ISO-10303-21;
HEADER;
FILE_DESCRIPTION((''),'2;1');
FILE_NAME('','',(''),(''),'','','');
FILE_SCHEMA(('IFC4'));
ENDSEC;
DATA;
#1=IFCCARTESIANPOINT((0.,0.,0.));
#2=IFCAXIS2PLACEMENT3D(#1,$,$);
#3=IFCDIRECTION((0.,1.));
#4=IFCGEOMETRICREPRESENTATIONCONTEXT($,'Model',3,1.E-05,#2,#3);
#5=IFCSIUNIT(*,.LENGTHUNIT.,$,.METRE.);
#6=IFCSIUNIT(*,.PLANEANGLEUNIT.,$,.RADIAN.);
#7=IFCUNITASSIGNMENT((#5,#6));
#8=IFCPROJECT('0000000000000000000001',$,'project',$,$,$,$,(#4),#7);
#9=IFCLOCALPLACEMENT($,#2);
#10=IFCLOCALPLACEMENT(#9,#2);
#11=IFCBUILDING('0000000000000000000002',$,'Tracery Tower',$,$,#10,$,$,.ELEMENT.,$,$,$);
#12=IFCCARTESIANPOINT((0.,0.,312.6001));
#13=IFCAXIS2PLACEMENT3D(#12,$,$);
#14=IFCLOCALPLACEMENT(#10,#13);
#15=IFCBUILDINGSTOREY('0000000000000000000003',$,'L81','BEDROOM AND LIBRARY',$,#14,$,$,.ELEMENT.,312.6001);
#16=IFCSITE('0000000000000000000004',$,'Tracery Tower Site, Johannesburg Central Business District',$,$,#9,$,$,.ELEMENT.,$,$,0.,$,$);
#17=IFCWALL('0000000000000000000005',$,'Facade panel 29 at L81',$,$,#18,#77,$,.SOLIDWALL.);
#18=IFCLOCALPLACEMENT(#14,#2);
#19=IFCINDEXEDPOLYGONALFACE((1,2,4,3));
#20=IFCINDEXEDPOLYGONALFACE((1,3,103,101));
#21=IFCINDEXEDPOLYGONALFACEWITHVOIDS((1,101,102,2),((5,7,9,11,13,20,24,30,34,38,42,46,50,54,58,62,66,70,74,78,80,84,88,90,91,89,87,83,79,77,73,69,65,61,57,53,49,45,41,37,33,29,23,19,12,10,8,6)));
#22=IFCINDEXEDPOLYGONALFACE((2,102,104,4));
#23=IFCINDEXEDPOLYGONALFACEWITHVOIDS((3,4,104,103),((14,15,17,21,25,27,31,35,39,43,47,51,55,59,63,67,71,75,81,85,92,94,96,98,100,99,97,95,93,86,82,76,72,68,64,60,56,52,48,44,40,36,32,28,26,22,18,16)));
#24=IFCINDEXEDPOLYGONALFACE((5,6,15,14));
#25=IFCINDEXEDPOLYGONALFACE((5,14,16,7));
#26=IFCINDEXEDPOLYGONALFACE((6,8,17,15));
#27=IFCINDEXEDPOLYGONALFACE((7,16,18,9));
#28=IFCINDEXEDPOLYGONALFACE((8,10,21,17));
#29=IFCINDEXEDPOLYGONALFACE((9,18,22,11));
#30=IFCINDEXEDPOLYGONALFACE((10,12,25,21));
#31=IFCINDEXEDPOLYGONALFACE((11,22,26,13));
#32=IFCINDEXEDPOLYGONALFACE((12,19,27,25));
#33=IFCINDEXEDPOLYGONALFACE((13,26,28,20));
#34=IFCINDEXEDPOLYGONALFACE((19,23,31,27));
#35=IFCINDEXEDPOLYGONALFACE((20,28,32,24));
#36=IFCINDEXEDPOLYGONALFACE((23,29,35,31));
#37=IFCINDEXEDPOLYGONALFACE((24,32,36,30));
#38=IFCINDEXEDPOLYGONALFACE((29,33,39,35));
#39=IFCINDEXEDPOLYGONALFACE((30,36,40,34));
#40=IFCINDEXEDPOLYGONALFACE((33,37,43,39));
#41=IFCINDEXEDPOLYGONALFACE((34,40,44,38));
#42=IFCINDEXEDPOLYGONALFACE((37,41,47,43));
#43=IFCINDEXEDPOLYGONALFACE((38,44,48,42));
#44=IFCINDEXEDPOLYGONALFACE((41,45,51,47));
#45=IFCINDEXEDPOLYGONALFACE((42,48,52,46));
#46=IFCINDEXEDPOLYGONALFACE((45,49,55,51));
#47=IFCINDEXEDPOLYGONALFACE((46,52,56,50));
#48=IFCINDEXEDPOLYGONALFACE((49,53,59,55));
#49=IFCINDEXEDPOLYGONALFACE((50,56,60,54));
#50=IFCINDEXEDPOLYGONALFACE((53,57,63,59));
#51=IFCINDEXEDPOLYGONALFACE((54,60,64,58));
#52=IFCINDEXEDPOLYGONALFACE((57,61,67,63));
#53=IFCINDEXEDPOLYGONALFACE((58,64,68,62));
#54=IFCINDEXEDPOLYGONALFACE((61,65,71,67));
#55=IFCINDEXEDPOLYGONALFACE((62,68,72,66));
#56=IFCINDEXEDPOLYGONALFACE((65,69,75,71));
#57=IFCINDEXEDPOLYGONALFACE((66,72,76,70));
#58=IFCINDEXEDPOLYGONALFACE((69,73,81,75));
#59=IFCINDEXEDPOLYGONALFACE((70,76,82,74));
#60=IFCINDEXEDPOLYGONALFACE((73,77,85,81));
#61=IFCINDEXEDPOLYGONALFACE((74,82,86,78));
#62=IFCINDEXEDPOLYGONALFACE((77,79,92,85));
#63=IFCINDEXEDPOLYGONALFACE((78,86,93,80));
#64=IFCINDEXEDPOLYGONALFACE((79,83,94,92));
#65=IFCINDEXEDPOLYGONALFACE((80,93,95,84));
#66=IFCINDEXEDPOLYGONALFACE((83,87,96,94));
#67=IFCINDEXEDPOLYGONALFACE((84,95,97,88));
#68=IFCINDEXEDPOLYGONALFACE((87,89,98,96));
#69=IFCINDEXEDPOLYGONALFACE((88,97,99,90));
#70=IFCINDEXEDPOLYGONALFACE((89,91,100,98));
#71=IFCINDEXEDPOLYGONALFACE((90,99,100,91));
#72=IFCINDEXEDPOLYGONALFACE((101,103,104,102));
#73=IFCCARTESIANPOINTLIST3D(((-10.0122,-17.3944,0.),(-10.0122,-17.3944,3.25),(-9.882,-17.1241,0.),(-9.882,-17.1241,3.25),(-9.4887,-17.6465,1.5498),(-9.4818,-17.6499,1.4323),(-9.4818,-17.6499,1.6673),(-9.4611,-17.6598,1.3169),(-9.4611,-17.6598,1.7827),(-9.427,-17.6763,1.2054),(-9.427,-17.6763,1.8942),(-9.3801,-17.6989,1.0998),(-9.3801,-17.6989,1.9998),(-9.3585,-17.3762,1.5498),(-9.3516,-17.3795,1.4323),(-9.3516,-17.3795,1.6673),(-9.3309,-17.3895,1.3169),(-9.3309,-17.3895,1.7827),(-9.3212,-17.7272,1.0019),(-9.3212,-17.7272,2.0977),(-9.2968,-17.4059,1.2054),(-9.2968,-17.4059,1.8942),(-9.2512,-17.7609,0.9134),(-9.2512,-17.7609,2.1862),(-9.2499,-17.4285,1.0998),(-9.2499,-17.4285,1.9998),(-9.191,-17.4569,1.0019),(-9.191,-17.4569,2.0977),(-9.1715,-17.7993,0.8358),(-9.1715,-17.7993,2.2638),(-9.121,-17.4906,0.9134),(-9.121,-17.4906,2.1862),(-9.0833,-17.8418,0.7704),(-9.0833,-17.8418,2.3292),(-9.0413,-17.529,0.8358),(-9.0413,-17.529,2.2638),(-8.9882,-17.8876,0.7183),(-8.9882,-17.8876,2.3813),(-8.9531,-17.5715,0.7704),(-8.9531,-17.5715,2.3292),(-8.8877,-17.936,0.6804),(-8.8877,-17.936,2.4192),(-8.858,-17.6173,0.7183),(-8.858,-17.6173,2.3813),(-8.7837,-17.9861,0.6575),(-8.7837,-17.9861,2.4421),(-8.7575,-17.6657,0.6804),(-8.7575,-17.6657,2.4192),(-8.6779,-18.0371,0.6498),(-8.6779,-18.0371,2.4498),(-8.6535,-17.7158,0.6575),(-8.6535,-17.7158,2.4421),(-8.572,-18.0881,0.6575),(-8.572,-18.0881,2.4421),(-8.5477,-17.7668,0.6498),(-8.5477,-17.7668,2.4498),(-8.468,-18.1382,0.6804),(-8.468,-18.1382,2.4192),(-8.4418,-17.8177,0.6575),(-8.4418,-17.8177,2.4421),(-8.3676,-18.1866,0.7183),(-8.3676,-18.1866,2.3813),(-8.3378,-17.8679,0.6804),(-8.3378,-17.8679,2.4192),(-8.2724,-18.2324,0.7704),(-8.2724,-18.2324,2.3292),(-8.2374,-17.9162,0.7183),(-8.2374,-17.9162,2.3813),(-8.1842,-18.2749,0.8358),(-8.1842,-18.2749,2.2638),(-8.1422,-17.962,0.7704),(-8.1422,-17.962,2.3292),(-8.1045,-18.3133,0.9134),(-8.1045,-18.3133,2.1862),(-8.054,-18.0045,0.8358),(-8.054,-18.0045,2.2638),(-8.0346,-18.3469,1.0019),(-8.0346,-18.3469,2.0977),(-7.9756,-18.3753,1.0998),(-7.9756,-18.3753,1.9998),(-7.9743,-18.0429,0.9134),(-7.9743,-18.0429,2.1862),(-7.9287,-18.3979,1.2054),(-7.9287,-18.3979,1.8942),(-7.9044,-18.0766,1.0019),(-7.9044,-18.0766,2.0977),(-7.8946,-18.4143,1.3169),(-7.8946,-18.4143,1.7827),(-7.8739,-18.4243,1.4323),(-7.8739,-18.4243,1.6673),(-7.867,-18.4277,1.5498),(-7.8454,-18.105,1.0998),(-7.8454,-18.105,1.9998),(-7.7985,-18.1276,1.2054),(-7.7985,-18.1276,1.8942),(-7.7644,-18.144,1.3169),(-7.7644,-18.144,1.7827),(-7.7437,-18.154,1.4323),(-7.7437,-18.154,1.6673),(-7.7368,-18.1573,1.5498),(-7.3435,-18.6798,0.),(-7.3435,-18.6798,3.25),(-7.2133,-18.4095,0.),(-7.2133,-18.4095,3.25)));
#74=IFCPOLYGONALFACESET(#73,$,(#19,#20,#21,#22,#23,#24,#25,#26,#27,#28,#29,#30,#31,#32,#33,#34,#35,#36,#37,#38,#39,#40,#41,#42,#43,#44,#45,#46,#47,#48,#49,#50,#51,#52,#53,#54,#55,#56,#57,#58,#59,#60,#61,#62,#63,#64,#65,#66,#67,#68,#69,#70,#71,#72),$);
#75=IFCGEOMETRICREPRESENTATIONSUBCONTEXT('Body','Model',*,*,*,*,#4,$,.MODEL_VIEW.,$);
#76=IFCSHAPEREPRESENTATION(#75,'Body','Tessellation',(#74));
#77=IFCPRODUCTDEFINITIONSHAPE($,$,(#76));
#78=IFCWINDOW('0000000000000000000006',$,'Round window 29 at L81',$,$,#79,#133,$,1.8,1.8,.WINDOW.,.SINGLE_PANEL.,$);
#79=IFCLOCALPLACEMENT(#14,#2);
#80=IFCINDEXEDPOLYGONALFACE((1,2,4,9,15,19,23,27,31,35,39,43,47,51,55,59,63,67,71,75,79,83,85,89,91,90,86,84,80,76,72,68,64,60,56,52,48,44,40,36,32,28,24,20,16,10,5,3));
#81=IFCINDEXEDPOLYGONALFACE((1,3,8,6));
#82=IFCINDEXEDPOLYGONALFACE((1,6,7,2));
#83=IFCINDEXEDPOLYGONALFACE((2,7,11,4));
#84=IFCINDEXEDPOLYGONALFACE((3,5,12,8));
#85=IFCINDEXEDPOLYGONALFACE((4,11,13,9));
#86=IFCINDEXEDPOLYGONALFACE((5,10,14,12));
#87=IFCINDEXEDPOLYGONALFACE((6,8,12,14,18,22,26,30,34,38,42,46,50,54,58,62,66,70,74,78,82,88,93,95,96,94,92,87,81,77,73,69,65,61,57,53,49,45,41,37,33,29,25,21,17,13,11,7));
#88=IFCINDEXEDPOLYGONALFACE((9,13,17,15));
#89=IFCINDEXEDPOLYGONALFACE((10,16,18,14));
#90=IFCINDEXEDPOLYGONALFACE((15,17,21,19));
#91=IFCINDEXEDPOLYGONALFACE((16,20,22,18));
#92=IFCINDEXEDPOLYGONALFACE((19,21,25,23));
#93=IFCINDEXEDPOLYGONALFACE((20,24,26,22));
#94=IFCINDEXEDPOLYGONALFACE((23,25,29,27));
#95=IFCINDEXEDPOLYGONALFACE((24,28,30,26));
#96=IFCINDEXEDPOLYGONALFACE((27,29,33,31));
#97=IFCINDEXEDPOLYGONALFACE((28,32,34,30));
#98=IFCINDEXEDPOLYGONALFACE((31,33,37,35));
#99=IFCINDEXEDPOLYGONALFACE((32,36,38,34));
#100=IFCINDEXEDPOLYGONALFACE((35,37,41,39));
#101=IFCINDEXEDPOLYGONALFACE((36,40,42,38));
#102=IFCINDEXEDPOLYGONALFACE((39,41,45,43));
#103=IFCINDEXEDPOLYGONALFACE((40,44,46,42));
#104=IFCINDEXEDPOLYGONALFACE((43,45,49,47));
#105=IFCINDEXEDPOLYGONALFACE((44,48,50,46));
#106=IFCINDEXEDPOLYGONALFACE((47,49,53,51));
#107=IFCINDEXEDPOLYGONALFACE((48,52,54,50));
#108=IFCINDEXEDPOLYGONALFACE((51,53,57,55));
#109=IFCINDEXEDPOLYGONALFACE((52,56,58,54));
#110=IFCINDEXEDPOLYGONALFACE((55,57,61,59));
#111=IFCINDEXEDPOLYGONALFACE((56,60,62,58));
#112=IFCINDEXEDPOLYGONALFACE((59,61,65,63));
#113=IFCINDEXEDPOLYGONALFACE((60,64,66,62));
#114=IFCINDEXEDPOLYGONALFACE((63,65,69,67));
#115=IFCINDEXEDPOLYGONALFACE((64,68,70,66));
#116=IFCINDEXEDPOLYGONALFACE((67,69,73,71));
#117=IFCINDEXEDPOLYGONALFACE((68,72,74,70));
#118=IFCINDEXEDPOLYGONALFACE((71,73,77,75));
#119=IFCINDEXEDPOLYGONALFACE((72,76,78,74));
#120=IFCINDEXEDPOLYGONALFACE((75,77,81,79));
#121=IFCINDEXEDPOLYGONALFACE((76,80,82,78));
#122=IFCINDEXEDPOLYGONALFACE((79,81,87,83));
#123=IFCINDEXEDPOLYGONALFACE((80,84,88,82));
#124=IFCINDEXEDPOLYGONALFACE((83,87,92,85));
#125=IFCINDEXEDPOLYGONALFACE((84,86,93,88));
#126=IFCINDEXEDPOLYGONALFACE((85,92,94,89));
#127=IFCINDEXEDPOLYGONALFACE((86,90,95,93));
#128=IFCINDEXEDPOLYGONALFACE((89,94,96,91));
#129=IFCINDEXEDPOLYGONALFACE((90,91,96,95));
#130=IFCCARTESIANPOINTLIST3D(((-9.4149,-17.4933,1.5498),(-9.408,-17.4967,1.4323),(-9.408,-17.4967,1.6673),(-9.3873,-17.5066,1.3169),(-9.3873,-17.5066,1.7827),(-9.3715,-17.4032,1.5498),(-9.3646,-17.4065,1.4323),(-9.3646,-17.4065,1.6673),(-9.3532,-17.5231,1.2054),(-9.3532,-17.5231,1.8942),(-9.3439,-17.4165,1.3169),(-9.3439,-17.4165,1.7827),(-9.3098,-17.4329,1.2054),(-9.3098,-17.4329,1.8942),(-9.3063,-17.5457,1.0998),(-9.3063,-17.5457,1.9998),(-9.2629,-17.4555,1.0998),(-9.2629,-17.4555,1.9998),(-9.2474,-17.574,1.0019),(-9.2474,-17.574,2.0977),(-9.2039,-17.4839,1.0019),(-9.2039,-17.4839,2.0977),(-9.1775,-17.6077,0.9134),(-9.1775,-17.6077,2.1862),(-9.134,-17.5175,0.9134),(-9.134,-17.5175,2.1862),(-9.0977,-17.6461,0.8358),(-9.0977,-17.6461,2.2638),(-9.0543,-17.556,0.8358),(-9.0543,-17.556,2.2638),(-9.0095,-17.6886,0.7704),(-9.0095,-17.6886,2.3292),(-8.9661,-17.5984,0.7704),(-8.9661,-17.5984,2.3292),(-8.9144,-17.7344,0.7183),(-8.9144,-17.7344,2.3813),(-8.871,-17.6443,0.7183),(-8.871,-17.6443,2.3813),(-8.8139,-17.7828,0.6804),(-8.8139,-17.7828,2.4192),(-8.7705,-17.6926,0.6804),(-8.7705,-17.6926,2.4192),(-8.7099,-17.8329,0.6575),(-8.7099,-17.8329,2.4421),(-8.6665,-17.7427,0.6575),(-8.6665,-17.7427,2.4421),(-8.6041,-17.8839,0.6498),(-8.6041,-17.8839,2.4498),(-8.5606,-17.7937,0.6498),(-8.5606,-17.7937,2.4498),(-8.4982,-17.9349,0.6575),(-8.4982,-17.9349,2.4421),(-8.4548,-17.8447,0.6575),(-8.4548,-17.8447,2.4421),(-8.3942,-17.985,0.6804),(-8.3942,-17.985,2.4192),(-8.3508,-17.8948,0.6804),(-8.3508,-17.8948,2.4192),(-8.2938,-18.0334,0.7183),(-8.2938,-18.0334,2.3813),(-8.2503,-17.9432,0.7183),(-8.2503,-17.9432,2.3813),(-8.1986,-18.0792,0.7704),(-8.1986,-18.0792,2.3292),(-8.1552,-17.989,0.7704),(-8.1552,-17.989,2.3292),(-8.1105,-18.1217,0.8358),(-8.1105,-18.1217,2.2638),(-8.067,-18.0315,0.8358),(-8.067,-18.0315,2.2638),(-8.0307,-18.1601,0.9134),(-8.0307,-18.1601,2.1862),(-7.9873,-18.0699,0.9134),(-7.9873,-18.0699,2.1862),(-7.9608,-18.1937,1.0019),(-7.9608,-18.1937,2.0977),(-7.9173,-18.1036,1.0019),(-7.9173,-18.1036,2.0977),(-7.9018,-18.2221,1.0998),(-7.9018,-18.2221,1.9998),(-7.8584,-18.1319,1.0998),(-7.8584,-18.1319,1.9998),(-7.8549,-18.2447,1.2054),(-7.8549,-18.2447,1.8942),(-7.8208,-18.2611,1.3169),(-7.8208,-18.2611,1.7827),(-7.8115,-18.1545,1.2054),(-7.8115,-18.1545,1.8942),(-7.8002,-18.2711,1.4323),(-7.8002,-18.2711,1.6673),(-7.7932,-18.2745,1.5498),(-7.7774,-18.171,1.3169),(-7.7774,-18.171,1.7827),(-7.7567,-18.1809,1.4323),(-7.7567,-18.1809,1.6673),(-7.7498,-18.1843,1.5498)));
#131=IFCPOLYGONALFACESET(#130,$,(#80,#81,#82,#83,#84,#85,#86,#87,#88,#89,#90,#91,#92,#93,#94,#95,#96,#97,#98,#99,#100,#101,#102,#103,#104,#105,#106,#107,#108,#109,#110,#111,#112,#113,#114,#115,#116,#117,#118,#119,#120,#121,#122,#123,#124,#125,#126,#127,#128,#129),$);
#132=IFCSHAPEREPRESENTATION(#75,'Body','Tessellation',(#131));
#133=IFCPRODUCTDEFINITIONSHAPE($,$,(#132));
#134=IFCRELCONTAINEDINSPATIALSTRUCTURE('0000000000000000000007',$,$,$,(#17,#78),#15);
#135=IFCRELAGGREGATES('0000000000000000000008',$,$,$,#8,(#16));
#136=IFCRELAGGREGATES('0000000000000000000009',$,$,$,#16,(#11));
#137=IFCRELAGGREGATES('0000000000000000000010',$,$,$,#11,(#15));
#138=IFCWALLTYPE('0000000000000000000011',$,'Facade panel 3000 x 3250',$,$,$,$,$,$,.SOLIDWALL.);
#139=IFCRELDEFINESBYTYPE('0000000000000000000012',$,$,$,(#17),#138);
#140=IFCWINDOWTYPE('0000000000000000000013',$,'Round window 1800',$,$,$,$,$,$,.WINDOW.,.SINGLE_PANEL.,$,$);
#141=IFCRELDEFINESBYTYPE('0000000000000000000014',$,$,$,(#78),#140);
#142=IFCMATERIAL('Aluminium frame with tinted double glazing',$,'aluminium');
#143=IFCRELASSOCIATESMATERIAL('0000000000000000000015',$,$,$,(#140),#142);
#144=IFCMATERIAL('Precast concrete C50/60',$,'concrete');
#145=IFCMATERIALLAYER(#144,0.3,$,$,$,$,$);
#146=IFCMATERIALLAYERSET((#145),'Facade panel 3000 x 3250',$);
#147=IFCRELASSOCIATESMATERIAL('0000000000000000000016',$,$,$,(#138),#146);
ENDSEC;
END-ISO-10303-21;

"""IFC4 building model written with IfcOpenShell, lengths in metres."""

from ifc_helpers import new_model, si_unit, direction, frame, frame_2d, origin, origin_2d, place, context, subcontext, project, spatial, rectangle, circle, extrude, material, layer, layer_set, type_object, element, fill, save


model = new_model("IFC4")

# Units and contexts
model_context = context("Model", 3, precision=1e-05, world=origin(), true_north=direction((0.0, 1.0)))
body_context = subcontext(model_context, "Body", "Model", "MODEL_VIEW")
ifc_project = project(units=[si_unit("LENGTHUNIT", "METRE"), si_unit("PLANEANGLEUNIT", "RADIAN")], contexts=[model_context])

# Site, building, storey
site_placement = place(None, origin())
site = spatial("IfcSite", under=ifc_project, at=site_placement, Name="Tracery Tower Site, Johannesburg Central Business District", CompositionType="ELEMENT", RefElevation=0.0)
building_placement = place(site_placement, origin())
building = spatial("IfcBuilding", under=site, at=building_placement, Name="Tracery Tower", CompositionType="ELEMENT")
storey_placement = place(building_placement, frame((0.0, 0.0, 312.6001)))
storey = spatial("IfcBuildingStorey", under=building, at=storey_placement, Name="L81", Description="BEDROOM AND LIBRARY", CompositionType="ELEMENT", Elevation=312.6001)

# Wall, opening, window
ifc_material_1 = material(Name="Aluminium frame with tinted double glazing", Category="aluminium")
window_type = type_object("IfcWindowType", Name="Round window 1800", PartitioningType="SINGLE_PANEL", PredefinedType="WINDOW", material=ifc_material_1)
ifc_material_2 = material(Name="Precast concrete C50/60", Category="concrete")
ifc_layer_1 = layer(ifc_material_2, 0.3)
ifc_layer_set_1 = layer_set([ifc_layer_1], Name="Facade panel 3000 x 3250")
wall_type_1 = type_object("IfcWallType", Name="Facade panel 3000 x 3250", PredefinedType="SOLIDWALL", material=ifc_layer_set_1)
wall_1_placement = place(storey_placement, frame((-9.947, -17.2593, 0.0), z_axis=(0.0, 0.0, 1.0), x_axis=(0.90094, -0.433944, 0.0)))
wall_1 = element("IfcWall", 1, at=wall_1_placement, inside=storey, type_object=wall_type_1, Name="Facade panel 29 at L81", PredefinedType="SOLIDWALL", context=body_context, shape_type="SweptSolid", body=[
    extrude(rectangle(XDim=2.9622, YDim=0.3, at=frame_2d((1.481, 0.0))), origin(), (0.0, 0.0, 1.0), 3.25),
])
opening_1_placement = place(wall_1_placement, frame((1.481, 0.0, 1.5498)))
opening_1 = element("IfcOpeningElement", 2, at=opening_1_placement, cuts=wall_1, PredefinedType="OPENING", context=body_context, shape_type="SweptSolid", body=[
    extrude(circle(Radius=0.9, at=origin_2d()), frame((0.0, 0.1599, 0.0), z_axis=(0.0, -1.0, 0.0), x_axis=(1.0, 0.0, 0.0)), (0.0, 0.0, 1.0), 0.3201),
])
window_1_placement = place(opening_1_placement, origin())
window_1 = element("IfcWindow", 3, at=window_1_placement, inside=storey, type_object=window_type, Name="Round window 29 at L81", OverallHeight=1.8, OverallWidth=1.8, PartitioningType="SINGLE_PANEL", PredefinedType="WINDOW", context=body_context, shape_type="SweptSolid", body=[
    extrude(circle(Radius=0.9, at=origin_2d()), frame((0.0, 0.1201, 0.0), z_axis=(0.0, -1.0, 0.0), x_axis=(1.0, 0.0, 0.0)), (0.0, 0.0, 1.0), 0.1001),
])
fill(opening_1, window_1)

save(model, "model.ifc")
